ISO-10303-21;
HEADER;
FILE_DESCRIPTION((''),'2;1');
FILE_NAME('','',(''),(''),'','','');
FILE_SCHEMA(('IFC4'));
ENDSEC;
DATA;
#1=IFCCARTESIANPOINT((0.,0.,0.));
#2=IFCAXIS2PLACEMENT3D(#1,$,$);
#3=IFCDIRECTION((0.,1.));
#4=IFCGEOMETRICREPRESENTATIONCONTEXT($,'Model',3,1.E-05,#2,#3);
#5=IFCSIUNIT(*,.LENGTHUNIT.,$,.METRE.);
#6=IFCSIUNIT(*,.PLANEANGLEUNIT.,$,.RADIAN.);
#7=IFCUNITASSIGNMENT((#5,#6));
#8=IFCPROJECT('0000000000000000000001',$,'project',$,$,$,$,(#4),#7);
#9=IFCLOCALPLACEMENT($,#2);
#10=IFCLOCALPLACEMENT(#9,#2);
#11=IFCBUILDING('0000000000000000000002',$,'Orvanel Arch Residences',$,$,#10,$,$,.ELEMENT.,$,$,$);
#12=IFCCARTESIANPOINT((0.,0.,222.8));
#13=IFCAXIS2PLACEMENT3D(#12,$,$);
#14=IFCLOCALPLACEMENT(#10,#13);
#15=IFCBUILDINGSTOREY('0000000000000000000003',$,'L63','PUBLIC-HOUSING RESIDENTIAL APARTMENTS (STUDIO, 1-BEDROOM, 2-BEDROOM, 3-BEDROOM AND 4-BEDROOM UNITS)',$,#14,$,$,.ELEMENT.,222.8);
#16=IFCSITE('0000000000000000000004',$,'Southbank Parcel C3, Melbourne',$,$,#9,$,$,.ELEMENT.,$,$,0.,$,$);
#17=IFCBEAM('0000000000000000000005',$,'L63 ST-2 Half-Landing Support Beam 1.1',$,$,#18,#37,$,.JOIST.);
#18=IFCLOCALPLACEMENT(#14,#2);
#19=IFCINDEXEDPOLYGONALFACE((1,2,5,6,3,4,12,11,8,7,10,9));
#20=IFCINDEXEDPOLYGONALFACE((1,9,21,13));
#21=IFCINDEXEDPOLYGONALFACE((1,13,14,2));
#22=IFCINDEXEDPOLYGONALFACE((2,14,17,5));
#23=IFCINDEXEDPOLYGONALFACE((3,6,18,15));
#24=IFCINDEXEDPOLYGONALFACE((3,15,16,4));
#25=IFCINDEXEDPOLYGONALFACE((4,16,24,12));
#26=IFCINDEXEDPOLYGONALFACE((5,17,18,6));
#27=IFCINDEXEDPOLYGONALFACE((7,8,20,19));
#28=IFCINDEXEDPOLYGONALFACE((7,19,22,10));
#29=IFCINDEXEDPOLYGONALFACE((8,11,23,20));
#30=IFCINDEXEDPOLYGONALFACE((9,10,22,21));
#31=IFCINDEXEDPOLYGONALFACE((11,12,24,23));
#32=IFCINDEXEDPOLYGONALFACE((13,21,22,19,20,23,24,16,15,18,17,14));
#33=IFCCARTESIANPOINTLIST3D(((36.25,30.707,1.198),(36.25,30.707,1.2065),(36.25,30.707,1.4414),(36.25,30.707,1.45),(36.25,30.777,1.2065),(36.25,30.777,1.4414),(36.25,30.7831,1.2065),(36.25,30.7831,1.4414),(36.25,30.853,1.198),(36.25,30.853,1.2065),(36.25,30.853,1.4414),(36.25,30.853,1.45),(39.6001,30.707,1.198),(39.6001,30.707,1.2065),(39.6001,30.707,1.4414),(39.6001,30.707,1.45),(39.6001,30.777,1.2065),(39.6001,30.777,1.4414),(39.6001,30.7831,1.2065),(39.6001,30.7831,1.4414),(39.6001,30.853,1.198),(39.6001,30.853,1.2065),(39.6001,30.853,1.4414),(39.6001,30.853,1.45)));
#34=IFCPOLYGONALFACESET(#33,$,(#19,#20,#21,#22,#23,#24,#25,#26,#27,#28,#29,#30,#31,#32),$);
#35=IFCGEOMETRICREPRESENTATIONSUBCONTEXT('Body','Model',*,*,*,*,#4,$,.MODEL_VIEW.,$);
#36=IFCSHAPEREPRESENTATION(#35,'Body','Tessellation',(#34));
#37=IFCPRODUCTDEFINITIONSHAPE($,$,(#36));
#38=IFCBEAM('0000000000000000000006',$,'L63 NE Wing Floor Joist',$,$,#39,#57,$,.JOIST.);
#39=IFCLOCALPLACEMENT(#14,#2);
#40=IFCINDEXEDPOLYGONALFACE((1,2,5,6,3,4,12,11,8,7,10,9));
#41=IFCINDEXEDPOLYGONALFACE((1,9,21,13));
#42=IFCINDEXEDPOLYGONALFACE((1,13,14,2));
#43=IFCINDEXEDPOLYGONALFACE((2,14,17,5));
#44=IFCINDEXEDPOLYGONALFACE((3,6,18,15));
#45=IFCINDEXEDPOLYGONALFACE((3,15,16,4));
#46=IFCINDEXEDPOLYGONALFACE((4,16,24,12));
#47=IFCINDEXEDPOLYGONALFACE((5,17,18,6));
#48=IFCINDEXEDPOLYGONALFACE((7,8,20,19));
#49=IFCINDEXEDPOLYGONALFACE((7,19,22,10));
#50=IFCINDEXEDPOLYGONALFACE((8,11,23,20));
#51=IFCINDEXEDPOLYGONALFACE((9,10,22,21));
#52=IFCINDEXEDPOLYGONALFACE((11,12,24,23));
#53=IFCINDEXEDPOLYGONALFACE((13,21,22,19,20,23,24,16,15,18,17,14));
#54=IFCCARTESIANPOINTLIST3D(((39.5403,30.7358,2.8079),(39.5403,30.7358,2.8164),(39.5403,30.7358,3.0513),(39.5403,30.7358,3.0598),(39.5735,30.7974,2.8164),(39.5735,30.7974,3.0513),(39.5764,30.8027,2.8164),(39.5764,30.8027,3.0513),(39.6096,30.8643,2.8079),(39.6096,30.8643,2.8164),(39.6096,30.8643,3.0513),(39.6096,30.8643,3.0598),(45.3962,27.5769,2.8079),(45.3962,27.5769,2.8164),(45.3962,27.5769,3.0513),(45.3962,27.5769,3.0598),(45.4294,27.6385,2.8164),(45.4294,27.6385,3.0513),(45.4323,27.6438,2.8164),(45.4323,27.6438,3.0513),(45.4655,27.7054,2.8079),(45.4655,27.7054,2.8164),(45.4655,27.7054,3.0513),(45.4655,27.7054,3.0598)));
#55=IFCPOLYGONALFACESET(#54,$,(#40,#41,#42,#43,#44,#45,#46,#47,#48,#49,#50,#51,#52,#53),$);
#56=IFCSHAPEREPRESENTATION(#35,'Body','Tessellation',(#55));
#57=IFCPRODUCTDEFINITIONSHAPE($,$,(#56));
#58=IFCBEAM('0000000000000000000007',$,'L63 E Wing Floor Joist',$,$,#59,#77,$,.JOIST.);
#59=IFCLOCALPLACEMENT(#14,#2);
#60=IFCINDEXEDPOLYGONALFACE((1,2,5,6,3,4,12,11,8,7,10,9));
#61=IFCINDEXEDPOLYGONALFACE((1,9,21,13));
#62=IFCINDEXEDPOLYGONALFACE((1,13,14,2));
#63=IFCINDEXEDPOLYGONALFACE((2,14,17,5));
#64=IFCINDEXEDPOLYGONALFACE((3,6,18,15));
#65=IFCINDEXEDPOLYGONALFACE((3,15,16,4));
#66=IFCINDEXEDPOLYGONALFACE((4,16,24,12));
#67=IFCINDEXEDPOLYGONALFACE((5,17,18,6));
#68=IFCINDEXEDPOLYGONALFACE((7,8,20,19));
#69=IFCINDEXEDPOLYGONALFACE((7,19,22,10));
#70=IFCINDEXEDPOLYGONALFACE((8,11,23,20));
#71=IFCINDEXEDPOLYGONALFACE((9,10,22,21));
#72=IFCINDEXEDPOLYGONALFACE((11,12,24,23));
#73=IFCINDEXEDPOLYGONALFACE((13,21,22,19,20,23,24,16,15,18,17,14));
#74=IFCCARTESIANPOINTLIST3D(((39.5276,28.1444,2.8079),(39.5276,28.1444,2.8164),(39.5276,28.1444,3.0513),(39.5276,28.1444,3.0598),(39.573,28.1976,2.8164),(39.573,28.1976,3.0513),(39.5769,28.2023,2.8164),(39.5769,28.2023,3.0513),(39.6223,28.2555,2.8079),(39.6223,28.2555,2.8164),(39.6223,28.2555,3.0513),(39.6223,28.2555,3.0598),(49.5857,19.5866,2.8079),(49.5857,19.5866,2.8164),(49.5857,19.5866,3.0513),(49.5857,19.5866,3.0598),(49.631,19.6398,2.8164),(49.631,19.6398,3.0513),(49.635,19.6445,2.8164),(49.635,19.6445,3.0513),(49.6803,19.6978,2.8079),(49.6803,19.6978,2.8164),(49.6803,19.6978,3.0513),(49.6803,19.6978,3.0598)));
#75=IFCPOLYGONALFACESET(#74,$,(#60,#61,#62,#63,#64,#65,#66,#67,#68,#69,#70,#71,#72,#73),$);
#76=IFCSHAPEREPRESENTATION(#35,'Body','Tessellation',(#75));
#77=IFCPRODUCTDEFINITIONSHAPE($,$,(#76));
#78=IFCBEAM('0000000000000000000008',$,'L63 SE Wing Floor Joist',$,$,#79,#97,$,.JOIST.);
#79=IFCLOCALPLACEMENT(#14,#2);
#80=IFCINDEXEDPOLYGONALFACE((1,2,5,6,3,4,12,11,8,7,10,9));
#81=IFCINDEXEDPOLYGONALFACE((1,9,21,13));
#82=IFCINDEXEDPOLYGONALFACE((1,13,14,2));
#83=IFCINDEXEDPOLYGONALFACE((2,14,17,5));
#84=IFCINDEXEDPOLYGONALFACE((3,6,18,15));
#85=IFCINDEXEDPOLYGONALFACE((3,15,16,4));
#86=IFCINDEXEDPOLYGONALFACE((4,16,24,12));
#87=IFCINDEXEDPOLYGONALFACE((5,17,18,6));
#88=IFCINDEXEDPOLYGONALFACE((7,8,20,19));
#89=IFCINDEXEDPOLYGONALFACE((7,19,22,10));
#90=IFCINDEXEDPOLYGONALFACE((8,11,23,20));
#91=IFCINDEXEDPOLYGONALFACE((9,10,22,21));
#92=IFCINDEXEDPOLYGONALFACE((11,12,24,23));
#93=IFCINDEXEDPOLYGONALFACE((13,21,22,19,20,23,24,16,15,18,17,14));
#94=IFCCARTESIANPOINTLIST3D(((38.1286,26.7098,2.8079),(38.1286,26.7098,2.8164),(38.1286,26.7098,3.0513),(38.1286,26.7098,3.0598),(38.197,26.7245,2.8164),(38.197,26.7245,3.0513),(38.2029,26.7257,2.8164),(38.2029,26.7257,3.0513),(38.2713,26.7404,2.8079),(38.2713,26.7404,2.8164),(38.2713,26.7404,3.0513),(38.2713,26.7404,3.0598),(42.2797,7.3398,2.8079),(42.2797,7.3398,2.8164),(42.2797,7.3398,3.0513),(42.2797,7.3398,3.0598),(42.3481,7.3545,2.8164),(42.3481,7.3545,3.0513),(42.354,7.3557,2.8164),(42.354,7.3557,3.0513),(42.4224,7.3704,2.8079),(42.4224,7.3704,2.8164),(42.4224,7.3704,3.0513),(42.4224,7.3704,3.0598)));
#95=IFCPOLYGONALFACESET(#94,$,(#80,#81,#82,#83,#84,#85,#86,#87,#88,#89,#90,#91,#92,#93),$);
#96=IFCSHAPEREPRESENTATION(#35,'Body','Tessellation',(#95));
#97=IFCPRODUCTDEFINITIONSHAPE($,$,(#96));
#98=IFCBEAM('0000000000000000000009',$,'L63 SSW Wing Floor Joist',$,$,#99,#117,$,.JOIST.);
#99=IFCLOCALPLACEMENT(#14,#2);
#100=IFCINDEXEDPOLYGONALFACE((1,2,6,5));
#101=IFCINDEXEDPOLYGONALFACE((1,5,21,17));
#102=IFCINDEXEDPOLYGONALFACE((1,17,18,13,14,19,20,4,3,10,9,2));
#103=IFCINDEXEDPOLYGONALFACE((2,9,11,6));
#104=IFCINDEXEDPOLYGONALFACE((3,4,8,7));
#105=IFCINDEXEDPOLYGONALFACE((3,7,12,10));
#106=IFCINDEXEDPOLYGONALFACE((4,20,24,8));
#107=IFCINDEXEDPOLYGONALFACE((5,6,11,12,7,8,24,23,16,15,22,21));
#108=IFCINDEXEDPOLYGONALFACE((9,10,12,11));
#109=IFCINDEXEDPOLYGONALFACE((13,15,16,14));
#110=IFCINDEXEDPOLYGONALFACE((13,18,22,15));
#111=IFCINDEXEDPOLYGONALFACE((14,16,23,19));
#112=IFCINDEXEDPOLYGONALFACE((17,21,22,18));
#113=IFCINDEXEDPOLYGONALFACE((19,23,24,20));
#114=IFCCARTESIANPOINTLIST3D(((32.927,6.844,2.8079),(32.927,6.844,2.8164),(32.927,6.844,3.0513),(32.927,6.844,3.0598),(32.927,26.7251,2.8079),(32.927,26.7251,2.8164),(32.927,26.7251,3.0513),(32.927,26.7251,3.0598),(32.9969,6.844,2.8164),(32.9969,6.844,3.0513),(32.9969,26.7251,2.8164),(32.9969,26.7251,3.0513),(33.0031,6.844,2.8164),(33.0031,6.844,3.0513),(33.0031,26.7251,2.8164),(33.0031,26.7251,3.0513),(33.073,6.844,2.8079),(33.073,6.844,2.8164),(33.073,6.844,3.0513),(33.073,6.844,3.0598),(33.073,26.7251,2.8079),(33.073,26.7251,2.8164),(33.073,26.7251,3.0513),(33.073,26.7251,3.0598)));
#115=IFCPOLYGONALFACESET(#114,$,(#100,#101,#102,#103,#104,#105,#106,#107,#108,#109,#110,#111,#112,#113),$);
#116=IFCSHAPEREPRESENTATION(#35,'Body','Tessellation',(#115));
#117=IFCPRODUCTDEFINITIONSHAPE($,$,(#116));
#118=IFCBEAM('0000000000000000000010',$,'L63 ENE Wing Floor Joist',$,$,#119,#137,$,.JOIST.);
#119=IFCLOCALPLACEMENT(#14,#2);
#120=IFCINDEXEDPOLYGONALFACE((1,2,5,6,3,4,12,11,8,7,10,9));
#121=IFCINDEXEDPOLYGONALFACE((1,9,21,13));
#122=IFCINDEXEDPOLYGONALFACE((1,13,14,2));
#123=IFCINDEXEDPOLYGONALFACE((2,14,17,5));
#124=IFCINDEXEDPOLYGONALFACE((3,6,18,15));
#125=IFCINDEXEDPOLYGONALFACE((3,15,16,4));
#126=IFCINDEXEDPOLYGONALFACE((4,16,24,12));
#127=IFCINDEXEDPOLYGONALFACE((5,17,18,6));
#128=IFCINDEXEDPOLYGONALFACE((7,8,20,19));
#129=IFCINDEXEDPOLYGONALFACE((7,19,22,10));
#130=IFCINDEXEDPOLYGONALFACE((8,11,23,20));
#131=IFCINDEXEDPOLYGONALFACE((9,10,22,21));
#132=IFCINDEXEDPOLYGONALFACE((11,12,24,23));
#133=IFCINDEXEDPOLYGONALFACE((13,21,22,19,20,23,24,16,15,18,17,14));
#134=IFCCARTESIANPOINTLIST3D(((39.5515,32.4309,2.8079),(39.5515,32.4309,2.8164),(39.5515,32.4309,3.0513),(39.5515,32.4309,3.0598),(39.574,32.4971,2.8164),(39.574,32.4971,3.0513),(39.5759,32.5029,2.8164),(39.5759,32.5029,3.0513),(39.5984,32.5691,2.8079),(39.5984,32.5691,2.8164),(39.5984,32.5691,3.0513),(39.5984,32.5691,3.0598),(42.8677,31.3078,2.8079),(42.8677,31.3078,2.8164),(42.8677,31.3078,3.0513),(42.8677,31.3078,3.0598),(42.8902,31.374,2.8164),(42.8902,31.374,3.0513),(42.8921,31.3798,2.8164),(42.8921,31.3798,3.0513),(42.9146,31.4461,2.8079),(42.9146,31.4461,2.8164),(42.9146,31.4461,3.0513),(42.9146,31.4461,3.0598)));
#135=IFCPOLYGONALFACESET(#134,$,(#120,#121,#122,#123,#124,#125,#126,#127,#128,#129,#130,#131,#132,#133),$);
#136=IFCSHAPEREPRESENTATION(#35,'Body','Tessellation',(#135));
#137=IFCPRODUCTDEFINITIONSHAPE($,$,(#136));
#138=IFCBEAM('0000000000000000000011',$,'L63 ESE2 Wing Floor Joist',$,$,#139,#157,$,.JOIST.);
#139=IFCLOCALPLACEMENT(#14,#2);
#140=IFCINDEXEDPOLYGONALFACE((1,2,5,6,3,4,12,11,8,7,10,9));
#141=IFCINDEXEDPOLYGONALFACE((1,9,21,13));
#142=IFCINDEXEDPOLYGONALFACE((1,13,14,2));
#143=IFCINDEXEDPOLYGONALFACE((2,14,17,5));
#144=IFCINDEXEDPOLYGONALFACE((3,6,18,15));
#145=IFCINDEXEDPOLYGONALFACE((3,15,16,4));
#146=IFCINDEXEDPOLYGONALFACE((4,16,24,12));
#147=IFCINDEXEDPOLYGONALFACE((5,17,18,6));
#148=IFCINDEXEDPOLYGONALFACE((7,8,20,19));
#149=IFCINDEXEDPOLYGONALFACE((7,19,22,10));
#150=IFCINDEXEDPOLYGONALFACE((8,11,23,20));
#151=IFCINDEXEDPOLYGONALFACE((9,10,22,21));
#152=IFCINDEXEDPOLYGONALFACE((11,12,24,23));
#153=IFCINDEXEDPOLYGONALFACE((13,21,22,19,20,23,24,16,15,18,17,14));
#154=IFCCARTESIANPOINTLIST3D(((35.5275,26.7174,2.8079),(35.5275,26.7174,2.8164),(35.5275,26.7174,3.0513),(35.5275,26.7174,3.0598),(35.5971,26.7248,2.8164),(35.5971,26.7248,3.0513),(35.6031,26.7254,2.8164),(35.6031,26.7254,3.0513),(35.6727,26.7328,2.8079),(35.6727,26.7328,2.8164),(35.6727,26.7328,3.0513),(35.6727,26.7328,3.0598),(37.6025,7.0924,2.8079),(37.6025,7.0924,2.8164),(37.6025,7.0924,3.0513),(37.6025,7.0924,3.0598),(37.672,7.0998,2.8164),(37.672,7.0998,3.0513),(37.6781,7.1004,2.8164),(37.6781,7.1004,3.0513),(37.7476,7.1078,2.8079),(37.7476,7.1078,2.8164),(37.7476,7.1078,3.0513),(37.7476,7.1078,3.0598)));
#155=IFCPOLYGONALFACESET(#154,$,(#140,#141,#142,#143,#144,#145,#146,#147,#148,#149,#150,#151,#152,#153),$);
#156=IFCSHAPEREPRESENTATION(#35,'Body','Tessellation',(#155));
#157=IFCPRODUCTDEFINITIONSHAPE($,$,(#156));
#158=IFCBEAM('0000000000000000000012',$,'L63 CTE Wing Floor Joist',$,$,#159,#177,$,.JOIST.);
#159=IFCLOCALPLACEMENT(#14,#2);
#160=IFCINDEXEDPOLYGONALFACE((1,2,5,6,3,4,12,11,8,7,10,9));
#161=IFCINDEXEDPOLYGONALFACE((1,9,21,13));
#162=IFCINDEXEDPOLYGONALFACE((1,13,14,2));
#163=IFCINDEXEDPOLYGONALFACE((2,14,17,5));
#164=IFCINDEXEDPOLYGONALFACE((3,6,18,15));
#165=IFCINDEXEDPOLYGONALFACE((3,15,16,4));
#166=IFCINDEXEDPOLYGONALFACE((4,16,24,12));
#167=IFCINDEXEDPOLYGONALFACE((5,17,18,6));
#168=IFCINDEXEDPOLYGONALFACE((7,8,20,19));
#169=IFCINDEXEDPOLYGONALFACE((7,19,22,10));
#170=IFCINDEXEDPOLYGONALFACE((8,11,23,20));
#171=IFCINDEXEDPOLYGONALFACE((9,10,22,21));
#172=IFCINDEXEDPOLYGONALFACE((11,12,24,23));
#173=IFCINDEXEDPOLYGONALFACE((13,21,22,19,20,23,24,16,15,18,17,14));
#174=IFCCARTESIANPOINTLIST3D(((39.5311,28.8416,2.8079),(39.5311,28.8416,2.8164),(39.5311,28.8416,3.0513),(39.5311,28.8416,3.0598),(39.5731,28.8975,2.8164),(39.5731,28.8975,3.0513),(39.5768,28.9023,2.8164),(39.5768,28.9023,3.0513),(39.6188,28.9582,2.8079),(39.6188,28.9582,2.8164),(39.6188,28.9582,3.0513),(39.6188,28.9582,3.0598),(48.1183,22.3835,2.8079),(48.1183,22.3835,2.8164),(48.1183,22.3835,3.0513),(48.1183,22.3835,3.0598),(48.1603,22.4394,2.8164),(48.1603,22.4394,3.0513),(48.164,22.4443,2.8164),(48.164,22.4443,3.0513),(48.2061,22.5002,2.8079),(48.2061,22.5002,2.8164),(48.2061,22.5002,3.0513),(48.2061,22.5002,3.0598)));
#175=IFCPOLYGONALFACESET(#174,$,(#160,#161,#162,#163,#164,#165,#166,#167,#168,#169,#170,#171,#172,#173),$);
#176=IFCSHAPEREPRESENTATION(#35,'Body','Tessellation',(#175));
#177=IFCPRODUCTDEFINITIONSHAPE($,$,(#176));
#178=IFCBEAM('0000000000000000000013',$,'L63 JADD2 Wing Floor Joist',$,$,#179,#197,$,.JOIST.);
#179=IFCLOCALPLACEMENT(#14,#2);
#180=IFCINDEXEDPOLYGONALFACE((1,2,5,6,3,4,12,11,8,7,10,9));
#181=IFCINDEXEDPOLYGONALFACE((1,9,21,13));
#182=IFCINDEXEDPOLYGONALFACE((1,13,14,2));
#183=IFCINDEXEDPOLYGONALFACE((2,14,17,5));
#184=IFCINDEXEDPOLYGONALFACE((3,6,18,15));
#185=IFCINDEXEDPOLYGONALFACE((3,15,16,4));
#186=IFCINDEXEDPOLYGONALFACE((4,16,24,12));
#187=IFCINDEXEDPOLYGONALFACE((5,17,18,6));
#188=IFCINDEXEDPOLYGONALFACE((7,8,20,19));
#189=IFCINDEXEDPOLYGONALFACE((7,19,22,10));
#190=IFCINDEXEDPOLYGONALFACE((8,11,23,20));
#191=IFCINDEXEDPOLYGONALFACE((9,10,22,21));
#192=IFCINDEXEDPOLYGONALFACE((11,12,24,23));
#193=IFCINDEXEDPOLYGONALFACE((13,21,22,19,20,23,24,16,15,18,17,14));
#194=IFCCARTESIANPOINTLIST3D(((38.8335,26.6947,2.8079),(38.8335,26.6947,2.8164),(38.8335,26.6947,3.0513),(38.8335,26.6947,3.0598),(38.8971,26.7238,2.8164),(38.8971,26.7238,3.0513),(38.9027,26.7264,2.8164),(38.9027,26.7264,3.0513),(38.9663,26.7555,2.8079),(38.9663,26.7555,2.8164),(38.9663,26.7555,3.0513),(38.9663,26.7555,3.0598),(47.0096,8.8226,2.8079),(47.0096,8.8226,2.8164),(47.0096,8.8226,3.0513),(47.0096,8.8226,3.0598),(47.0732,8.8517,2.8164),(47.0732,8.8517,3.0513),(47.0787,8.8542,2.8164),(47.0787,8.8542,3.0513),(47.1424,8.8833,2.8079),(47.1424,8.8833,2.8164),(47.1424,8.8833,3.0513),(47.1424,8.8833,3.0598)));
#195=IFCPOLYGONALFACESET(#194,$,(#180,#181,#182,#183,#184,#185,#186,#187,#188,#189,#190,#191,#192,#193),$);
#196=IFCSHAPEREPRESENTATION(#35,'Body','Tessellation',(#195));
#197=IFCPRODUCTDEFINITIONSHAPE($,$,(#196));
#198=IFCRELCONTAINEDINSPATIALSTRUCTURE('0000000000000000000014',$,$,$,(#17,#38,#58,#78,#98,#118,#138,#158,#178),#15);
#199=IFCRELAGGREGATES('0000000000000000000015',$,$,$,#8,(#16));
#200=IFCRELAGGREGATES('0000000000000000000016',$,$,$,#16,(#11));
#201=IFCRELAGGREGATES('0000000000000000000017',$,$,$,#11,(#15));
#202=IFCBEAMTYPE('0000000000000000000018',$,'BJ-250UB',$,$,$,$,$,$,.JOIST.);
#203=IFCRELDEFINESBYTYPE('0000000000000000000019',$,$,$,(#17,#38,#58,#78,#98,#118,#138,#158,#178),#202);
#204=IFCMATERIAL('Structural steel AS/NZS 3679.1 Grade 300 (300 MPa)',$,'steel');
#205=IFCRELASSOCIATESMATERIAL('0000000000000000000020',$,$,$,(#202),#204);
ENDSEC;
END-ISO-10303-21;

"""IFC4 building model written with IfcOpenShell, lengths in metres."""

from ifc_helpers import new_model, si_unit, direction, frame, origin, origin_2d, place, context, subcontext, project, spatial, i_section, extrude, material, material_profile, profile_set, type_object, element, save


model = new_model("IFC4")

# Units and contexts
model_context = context("Model", 3, precision=1e-05, world=origin(), true_north=direction((0.0, 1.0)))
body_context = subcontext(model_context, "Body", "Model", "MODEL_VIEW")
ifc_project = project(units=[si_unit("LENGTHUNIT", "METRE"), si_unit("PLANEANGLEUNIT", "RADIAN")], contexts=[model_context])

# Site, building, storey
site_placement = place(None, origin())
site = spatial("IfcSite", under=ifc_project, at=site_placement, Name="Southbank Parcel C3, Melbourne", CompositionType="ELEMENT", RefElevation=0.0)
building_placement = place(site_placement, origin())
building = spatial("IfcBuilding", under=site, at=building_placement, Name="Orvanel Arch Residences", CompositionType="ELEMENT")
storey_placement = place(building_placement, frame((0.0, 0.0, 222.8)))
storey = spatial("IfcBuildingStorey", under=building, at=storey_placement, Name="L63", Description="PUBLIC-HOUSING RESIDENTIAL APARTMENTS (STUDIO, 1-BEDROOM, 2-BEDROOM, 3-BEDROOM AND 4-BEDROOM UNITS)", CompositionType="ELEMENT", Elevation=222.8)

# Beams
ifc_material_1 = material(Name="Structural steel AS/NZS 3679.1 Grade 300 (300 MPa)", Category="steel")
ifc_material_profile = material_profile(ifc_material_1, i_section(OverallWidth=0.146, OverallDepth=0.252, WebThickness=0.0061, FlangeThickness=0.0085, at=origin_2d()), Name="250UB31.4")
ifc_profile_set = profile_set([ifc_material_profile], Name="Structural steel AS/NZS 3679.1 Grade 300 (300 MPa)")
beam_type = type_object("IfcBeamType", Name="BJ-250UB", PredefinedType="JOIST", material=ifc_profile_set)
beam_1_placement = place(storey_placement, frame((36.25, 30.78, 1.324), z_axis=(1.0, 0.0, 0.0), x_axis=(0.0, 1.0, 0.0)))
element("IfcBeam", 1, at=beam_1_placement, inside=storey, type_object=beam_type, Name="L63 ST-2 Half-Landing Support Beam 1.1", PredefinedType="JOIST", context=body_context, shape_type="SweptSolid", body=[
    extrude(i_section(OverallWidth=0.146, OverallDepth=0.252, WebThickness=0.0061, FlangeThickness=0.0085, at=origin_2d()), origin(), (0.0, 0.0, 1.0), 3.3501),
])
beam_2_placement = place(storey_placement, frame((39.575, 30.8, 2.9338), z_axis=(0.880111, -0.474767, 0.0), x_axis=(0.474767, 0.880111, 0.0)))
element("IfcBeam", 2, at=beam_2_placement, inside=storey, type_object=beam_type, Name="L63 NE Wing Floor Joist", PredefinedType="JOIST", context=body_context, shape_type="SweptSolid", body=[
    extrude(i_section(OverallWidth=0.146, OverallDepth=0.252, WebThickness=0.0061, FlangeThickness=0.0085, at=origin_2d()), origin(), (0.0, 0.0, 1.0), 6.6536),
])
beam_3_placement = place(storey_placement, frame((39.575, 28.2, 2.9338), z_axis=(0.761623, -0.648021, 0.0), x_axis=(0.648021, 0.761623, 0.0)))
element("IfcBeam", 3, at=beam_3_placement, inside=storey, type_object=beam_type, Name="L63 E Wing Floor Joist", PredefinedType="JOIST", context=body_context, shape_type="SweptSolid", body=[
    extrude(i_section(OverallWidth=0.146, OverallDepth=0.252, WebThickness=0.0061, FlangeThickness=0.0085, at=origin_2d()), origin(), (0.0, 0.0, 1.0), 13.2061),
])
beam_4_placement = place(storey_placement, frame((38.2, 26.7251, 2.9338), z_axis=(0.209548, -0.977798, 0.0), x_axis=(0.977798, 0.209548, 0.0)))
element("IfcBeam", 4, at=beam_4_placement, inside=storey, type_object=beam_type, Name="L63 SE Wing Floor Joist", PredefinedType="JOIST", context=body_context, shape_type="SweptSolid", body=[
    extrude(i_section(OverallWidth=0.146, OverallDepth=0.252, WebThickness=0.0061, FlangeThickness=0.0085, at=origin_2d()), origin(), (0.0, 0.0, 1.0), 19.8098),
])
beam_5_placement = place(storey_placement, frame((33.0, 26.7251, 2.9338), z_axis=(0.0, -1.0, 0.0), x_axis=(1.0, 0.0, 0.0)))
element("IfcBeam", 5, at=beam_5_placement, inside=storey, type_object=beam_type, Name="L63 SSW Wing Floor Joist", PredefinedType="JOIST", context=body_context, shape_type="SweptSolid", body=[
    extrude(i_section(OverallWidth=0.146, OverallDepth=0.252, WebThickness=0.0061, FlangeThickness=0.0085, at=origin_2d()), origin(), (0.0, 0.0, 1.0), 19.8811),
])
beam_6_placement = place(storey_placement, frame((39.575, 32.5, 2.9338), z_axis=(0.947159, -0.320764, 0.0), x_axis=(0.320764, 0.947159, 0.0)))
element("IfcBeam", 6, at=beam_6_placement, inside=storey, type_object=beam_type, Name="L63 ENE Wing Floor Joist", PredefinedType="JOIST", context=body_context, shape_type="SweptSolid", body=[
    extrude(i_section(OverallWidth=0.146, OverallDepth=0.252, WebThickness=0.0061, FlangeThickness=0.0085, at=origin_2d()), origin(), (0.0, 0.0, 1.0), 3.5012),
])
beam_7_placement = place(storey_placement, frame((35.6001, 26.7251, 2.9338), z_axis=(0.105144, -0.994457, 0.0), x_axis=(0.994457, 0.105144, 0.0)))
element("IfcBeam", 7, at=beam_7_placement, inside=storey, type_object=beam_type, Name="L63 ESE2 Wing Floor Joist", PredefinedType="JOIST", context=body_context, shape_type="SweptSolid", body=[
    extrude(i_section(OverallWidth=0.146, OverallDepth=0.252, WebThickness=0.0061, FlangeThickness=0.0085, at=origin_2d()), origin(), (0.0, 0.0, 1.0), 19.7344),
])
beam_8_placement = place(storey_placement, frame((39.575, 28.8999, 2.9338), z_axis=(0.799211, -0.60105, 0.0), x_axis=(0.60105, 0.799211, 0.0)))
element("IfcBeam", 8, at=beam_8_placement, inside=storey, type_object=beam_type, Name="L63 CTE Wing Floor Joist", PredefinedType="JOIST", context=body_context, shape_type="SweptSolid", body=[
    extrude(i_section(OverallWidth=0.146, OverallDepth=0.252, WebThickness=0.0061, FlangeThickness=0.0085, at=origin_2d()), origin(), (0.0, 0.0, 1.0), 10.7446),
])
beam_9_placement = place(storey_placement, frame((38.8999, 26.7251, 2.9338), z_axis=(0.41601, -0.90936, 0.0), x_axis=(0.90936, 0.41601, 0.0)))
element("IfcBeam", 9, at=beam_9_placement, inside=storey, type_object=beam_type, Name="L63 JADD2 Wing Floor Joist", PredefinedType="JOIST", context=body_context, shape_type="SweptSolid", body=[
    extrude(i_section(OverallWidth=0.146, OverallDepth=0.252, WebThickness=0.0061, FlangeThickness=0.0085, at=origin_2d()), origin(), (0.0, 0.0, 1.0), 19.6536),
])

save(model, "model.ifc")
